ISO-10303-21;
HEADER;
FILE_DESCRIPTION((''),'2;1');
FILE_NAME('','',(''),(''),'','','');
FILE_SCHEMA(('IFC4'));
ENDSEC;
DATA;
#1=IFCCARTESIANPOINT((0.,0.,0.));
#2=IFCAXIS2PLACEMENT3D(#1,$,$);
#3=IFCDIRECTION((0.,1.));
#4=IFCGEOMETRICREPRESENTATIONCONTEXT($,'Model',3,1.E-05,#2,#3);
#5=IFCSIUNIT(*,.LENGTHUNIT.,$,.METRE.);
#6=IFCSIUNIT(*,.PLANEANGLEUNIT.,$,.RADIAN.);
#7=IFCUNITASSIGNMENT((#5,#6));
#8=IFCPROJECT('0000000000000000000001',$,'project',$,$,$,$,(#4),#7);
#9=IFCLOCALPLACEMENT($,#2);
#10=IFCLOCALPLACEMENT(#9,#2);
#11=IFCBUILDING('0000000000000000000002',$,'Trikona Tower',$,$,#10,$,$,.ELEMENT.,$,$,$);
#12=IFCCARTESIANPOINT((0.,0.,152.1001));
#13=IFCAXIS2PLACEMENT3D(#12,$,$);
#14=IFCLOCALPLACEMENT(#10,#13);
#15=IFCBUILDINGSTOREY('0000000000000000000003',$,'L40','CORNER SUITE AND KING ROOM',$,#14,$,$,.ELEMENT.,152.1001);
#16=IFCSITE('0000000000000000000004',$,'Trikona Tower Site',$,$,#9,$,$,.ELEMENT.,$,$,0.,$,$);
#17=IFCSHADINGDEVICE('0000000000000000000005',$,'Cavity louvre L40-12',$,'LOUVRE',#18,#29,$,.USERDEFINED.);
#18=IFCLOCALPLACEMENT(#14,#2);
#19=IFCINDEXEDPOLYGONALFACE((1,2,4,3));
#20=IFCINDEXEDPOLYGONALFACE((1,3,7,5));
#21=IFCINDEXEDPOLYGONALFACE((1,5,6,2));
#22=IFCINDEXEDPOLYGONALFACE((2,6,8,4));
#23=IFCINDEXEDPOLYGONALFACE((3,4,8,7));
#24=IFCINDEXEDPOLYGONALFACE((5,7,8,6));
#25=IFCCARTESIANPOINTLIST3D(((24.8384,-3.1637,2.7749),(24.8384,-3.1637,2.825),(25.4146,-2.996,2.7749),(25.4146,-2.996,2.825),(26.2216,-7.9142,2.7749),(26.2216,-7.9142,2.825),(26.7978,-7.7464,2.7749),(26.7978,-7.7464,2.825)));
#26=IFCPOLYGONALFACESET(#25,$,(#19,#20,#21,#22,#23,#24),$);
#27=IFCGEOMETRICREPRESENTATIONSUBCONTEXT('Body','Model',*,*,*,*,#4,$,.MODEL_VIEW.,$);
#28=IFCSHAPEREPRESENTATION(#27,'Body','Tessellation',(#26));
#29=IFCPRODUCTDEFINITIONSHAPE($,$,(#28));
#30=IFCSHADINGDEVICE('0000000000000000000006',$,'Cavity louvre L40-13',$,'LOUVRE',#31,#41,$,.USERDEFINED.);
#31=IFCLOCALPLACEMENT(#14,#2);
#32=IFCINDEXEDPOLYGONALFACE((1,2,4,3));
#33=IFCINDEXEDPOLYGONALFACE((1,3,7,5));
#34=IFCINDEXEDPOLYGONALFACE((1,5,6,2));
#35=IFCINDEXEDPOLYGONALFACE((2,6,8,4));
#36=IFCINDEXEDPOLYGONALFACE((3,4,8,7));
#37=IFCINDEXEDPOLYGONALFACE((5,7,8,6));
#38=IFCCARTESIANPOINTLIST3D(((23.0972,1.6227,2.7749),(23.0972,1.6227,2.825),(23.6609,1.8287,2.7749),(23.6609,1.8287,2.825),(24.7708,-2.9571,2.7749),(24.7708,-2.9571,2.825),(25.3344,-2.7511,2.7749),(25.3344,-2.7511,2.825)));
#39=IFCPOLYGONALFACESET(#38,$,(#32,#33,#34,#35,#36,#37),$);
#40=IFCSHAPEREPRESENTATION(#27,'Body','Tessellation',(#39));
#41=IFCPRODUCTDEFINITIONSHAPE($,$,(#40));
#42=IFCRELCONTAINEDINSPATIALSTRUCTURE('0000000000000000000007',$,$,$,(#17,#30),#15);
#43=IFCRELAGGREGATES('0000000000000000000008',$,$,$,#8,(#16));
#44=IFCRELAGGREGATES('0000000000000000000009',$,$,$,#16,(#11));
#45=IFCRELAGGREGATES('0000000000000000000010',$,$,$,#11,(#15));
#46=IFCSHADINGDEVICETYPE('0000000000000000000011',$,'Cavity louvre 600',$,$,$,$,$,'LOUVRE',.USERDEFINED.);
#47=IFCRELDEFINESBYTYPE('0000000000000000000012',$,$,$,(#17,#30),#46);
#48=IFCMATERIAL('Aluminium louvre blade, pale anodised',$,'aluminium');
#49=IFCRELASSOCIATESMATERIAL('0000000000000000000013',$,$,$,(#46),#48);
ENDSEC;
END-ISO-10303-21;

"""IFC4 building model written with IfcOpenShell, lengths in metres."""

from ifc_helpers import new_model, si_unit, direction, frame, origin, origin_2d, place, context, subcontext, project, spatial, rectangle, extrude, material, type_object, element, save


model = new_model("IFC4")

# Units and contexts
model_context = context("Model", 3, precision=1e-05, world=origin(), true_north=direction((0.0, 1.0)))
body_context = subcontext(model_context, "Body", "Model", "MODEL_VIEW")
ifc_project = project(units=[si_unit("LENGTHUNIT", "METRE"), si_unit("PLANEANGLEUNIT", "RADIAN")], contexts=[model_context])

# Site, building, storey
site_placement = place(None, origin())
site = spatial("IfcSite", under=ifc_project, at=site_placement, Name="Trikona Tower Site", CompositionType="ELEMENT", RefElevation=0.0)
building_placement = place(site_placement, origin())
building = spatial("IfcBuilding", under=site, at=building_placement, Name="Trikona Tower", CompositionType="ELEMENT")
storey_placement = place(building_placement, frame((0.0, 0.0, 152.1001)))
storey = spatial("IfcBuildingStorey", under=building, at=storey_placement, Name="L40", Description="CORNER SUITE AND KING ROOM", CompositionType="ELEMENT", Elevation=152.1001)

# Shading devices
ifc_material_1 = material(Name="Aluminium louvre blade, pale anodised", Category="aluminium")
shading_device_type = type_object("IfcShadingDeviceType", Name="Cavity louvre 600", ElementType="LOUVRE", PredefinedType="USERDEFINED", material=ifc_material_1)
shading_device_1_placement = place(storey_placement, frame((25.8181, -5.4551, 2.7749), z_axis=(0.0, 0.0, 1.0), x_axis=(-0.279554, 0.96013, 0.0)))
element("IfcShadingDevice", 1, at=shading_device_1_placement, inside=storey, type_object=shading_device_type, Name="Cavity louvre L40-12", ObjectType="LOUVRE", PredefinedType="USERDEFINED", context=body_context, shape_type="SweptSolid", body=[
    extrude(rectangle(XDim=4.9478, YDim=0.6001, at=origin_2d()), origin(), (0.0, 0.0, 1.0), 0.05),
])
shading_device_2_placement = place(storey_placement, frame((24.2158, -0.5642, 2.7749), z_axis=(0.0, 0.0, 1.0), x_axis=(-0.34322, 0.939255, 0.0)))
element("IfcShadingDevice", 2, at=shading_device_2_placement, inside=storey, type_object=shading_device_type, Name="Cavity louvre L40-13", ObjectType="LOUVRE", PredefinedType="USERDEFINED", context=body_context, shape_type="SweptSolid", body=[
    extrude(rectangle(XDim=4.876, YDim=0.6001, at=origin_2d()), origin(), (0.0, 0.0, 1.0), 0.05),
])

save(model, "model.ifc")
